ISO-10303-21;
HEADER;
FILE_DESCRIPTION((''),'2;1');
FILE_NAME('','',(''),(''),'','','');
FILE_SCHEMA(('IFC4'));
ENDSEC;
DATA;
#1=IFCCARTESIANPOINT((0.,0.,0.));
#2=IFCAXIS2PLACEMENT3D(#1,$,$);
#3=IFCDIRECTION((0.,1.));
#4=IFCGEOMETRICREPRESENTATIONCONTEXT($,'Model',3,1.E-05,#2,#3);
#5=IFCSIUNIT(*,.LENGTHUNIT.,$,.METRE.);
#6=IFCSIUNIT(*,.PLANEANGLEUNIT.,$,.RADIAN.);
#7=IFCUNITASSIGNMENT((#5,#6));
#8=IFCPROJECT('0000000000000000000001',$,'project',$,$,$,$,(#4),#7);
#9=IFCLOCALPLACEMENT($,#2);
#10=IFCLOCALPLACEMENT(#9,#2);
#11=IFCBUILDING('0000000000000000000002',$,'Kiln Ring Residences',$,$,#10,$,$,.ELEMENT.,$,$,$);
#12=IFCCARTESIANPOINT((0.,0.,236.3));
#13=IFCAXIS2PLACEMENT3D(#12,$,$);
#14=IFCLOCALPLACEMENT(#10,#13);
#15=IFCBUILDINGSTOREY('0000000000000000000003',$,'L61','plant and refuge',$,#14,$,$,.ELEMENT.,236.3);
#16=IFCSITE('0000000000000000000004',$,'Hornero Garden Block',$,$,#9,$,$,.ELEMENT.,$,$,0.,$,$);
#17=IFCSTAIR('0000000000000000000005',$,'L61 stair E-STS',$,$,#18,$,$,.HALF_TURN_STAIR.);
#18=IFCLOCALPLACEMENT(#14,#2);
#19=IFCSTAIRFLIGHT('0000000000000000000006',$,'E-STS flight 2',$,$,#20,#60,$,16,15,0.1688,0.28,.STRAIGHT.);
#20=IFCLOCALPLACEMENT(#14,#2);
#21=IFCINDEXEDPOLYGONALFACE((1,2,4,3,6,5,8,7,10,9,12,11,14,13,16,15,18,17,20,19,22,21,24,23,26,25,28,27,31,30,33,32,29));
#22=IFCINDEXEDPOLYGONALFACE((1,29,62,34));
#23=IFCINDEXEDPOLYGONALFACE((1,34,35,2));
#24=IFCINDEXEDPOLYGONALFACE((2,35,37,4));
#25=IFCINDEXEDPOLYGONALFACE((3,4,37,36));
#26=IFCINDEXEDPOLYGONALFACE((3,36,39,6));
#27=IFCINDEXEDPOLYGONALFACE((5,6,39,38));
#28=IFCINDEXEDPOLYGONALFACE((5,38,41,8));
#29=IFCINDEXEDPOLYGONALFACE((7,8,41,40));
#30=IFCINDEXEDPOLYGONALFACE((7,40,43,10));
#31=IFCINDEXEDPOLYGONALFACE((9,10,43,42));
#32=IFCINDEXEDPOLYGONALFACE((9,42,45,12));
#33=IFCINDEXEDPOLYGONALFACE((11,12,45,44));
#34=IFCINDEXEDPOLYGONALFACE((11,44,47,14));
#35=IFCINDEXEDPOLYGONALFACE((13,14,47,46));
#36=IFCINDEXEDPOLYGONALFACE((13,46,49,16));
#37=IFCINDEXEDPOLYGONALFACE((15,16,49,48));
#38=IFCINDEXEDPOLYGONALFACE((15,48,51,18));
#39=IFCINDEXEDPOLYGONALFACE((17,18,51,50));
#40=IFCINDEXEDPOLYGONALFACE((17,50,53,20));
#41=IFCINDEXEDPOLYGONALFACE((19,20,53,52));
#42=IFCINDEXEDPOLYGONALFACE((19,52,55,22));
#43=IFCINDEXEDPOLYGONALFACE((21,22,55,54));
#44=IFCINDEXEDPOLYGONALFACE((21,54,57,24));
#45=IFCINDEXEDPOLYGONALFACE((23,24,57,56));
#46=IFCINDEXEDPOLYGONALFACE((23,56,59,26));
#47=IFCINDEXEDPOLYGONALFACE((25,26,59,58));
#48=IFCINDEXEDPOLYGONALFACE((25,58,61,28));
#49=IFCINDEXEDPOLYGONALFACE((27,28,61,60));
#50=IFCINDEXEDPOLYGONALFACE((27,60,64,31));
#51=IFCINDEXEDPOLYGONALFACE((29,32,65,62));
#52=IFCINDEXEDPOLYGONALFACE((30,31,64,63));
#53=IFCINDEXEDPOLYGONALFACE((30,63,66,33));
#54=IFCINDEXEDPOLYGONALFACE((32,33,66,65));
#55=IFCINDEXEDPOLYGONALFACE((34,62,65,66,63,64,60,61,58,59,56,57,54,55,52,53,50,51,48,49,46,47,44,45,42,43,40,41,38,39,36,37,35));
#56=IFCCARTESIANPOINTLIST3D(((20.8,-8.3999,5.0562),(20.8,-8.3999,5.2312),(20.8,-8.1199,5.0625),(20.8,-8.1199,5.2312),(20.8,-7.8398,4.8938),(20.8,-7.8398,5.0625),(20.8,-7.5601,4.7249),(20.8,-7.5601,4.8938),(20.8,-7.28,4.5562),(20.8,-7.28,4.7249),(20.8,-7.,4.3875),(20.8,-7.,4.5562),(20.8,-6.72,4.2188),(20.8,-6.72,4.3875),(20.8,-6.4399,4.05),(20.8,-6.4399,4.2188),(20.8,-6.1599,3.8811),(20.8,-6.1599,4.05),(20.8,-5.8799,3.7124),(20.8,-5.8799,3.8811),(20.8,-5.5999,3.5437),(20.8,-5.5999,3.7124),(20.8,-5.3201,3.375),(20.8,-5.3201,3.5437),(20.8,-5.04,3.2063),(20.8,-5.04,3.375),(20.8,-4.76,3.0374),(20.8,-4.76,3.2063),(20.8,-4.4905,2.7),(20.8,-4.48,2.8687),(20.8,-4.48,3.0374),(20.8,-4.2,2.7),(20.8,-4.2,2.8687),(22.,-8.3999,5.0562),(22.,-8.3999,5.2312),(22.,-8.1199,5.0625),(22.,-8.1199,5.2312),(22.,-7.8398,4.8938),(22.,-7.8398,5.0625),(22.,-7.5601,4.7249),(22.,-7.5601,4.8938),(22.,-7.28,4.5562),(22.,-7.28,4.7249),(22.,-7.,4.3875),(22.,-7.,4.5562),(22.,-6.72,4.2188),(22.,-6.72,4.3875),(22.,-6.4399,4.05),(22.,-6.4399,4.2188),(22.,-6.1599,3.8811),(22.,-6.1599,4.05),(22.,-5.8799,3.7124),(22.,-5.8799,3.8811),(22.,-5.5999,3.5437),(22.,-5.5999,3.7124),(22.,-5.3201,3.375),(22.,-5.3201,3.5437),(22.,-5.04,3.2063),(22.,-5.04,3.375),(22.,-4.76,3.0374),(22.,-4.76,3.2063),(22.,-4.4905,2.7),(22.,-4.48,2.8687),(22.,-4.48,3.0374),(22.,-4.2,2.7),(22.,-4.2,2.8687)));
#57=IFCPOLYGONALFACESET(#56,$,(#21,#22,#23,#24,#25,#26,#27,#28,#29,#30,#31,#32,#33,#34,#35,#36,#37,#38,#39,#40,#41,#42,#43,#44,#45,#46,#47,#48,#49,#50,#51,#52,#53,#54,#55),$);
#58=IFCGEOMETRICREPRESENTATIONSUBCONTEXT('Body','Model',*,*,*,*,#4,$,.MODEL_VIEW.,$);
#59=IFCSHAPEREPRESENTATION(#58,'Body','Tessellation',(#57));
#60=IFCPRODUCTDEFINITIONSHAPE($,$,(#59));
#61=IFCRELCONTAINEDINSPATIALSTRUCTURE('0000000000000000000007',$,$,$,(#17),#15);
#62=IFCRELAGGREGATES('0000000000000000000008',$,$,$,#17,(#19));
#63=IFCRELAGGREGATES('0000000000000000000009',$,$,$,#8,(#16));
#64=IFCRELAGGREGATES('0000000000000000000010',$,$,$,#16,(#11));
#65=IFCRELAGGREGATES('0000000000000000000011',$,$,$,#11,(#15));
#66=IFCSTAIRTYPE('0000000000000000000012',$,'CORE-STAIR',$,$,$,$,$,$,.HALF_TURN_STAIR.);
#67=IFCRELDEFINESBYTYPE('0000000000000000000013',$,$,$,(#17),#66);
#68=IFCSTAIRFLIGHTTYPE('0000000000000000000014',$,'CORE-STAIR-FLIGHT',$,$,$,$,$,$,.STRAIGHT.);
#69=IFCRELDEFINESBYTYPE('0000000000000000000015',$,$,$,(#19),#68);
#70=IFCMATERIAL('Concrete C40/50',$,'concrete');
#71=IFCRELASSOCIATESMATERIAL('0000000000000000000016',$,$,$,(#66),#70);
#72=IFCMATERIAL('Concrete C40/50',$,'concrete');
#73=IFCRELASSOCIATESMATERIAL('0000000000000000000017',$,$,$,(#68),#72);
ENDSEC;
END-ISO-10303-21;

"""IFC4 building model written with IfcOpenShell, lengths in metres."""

from ifc_helpers import new_model, si_unit, direction, frame, origin, place, context, subcontext, project, spatial, polyline, outline, extrude, material, type_object, element, aggregate, save


model = new_model("IFC4")

# Units and contexts
model_context = context("Model", 3, precision=1e-05, world=origin(), true_north=direction((0.0, 1.0)))
body_context = subcontext(model_context, "Body", "Model", "MODEL_VIEW")
ifc_project = project(units=[si_unit("LENGTHUNIT", "METRE"), si_unit("PLANEANGLEUNIT", "RADIAN")], contexts=[model_context])

# Site, building, storey
site_placement = place(None, origin())
site = spatial("IfcSite", under=ifc_project, at=site_placement, Name="Hornero Garden Block", CompositionType="ELEMENT", RefElevation=0.0)
building_placement = place(site_placement, origin())
building = spatial("IfcBuilding", under=site, at=building_placement, Name="Kiln Ring Residences", CompositionType="ELEMENT")
storey_placement = place(building_placement, frame((0.0, 0.0, 236.3)))
storey = spatial("IfcBuildingStorey", under=building, at=storey_placement, Name="L61", Description="plant and refuge", CompositionType="ELEMENT", Elevation=236.3)

# Stair, stair flight
ifc_material_1 = material(Name="Concrete C40/50", Category="concrete")
stair_type = type_object("IfcStairType", Name="CORE-STAIR", PredefinedType="HALF_TURN_STAIR", material=ifc_material_1)
stair_placement = place(storey_placement, origin())
stair = element("IfcStair", 1, at=stair_placement, inside=storey, type_object=stair_type, Name="L61 stair E-STS", PredefinedType="HALF_TURN_STAIR")
ifc_material_2 = material(Name="Concrete C40/50", Category="concrete")
stair_flight_type = type_object("IfcStairFlightType", Name="CORE-STAIR-FLIGHT", PredefinedType="STRAIGHT", material=ifc_material_2)
stair_flight_1_placement = place(storey_placement, frame((21.3999, -4.2, 2.7), z_axis=(0.0, 0.0, 1.0), x_axis=(0.0, -1.0, 0.0)))
stair_flight_1 = element("IfcStairFlight", 2, at=stair_flight_1_placement, type_object=stair_flight_type, Name="E-STS flight 2", NumberOfRisers=16, NumberOfTreads=15, PredefinedType="STRAIGHT", RiserHeight=0.1688, TreadLength=0.28, context=body_context, shape_type="SweptSolid", body=[
    extrude(outline(polyline([(0.0, 0.0), (0.0, 0.1687), (0.28, 0.1687), (0.28, 0.3374), (0.5601, 0.3374), (0.5601, 0.5063), (0.8401, 0.5063), (0.8401, 0.675), (1.1201, 0.675), (1.1201, 0.8438), (1.3999, 0.8438), (1.3999, 1.0125), (1.6799, 1.0125), (1.6799, 1.1812), (1.96, 1.1812), (1.96, 1.3501), (2.24, 1.3501), (2.24, 1.5188), (2.52, 1.5188), (2.52, 1.6875), (2.8, 1.6875), (2.8, 1.8562), (3.0801, 1.8562), (3.0801, 2.0249), (3.3601, 2.0249), (3.3601, 2.1938), (3.6399, 2.1938), (3.6399, 2.3625), (3.9199, 2.3625), (3.9199, 2.5312), (4.2, 2.5312), (4.2, 2.7), (4.2, 2.3562), (0.2905, 0.0), (0.0, 0.0)])), frame((0.0, 0.6001, 0.0), z_axis=(0.0, -1.0, 0.0), x_axis=(1.0, 0.0, 0.0)), (0.0, 0.0, 1.0), 1.2),
])
aggregate(stair, [stair_flight_1])

save(model, "model.ifc")
